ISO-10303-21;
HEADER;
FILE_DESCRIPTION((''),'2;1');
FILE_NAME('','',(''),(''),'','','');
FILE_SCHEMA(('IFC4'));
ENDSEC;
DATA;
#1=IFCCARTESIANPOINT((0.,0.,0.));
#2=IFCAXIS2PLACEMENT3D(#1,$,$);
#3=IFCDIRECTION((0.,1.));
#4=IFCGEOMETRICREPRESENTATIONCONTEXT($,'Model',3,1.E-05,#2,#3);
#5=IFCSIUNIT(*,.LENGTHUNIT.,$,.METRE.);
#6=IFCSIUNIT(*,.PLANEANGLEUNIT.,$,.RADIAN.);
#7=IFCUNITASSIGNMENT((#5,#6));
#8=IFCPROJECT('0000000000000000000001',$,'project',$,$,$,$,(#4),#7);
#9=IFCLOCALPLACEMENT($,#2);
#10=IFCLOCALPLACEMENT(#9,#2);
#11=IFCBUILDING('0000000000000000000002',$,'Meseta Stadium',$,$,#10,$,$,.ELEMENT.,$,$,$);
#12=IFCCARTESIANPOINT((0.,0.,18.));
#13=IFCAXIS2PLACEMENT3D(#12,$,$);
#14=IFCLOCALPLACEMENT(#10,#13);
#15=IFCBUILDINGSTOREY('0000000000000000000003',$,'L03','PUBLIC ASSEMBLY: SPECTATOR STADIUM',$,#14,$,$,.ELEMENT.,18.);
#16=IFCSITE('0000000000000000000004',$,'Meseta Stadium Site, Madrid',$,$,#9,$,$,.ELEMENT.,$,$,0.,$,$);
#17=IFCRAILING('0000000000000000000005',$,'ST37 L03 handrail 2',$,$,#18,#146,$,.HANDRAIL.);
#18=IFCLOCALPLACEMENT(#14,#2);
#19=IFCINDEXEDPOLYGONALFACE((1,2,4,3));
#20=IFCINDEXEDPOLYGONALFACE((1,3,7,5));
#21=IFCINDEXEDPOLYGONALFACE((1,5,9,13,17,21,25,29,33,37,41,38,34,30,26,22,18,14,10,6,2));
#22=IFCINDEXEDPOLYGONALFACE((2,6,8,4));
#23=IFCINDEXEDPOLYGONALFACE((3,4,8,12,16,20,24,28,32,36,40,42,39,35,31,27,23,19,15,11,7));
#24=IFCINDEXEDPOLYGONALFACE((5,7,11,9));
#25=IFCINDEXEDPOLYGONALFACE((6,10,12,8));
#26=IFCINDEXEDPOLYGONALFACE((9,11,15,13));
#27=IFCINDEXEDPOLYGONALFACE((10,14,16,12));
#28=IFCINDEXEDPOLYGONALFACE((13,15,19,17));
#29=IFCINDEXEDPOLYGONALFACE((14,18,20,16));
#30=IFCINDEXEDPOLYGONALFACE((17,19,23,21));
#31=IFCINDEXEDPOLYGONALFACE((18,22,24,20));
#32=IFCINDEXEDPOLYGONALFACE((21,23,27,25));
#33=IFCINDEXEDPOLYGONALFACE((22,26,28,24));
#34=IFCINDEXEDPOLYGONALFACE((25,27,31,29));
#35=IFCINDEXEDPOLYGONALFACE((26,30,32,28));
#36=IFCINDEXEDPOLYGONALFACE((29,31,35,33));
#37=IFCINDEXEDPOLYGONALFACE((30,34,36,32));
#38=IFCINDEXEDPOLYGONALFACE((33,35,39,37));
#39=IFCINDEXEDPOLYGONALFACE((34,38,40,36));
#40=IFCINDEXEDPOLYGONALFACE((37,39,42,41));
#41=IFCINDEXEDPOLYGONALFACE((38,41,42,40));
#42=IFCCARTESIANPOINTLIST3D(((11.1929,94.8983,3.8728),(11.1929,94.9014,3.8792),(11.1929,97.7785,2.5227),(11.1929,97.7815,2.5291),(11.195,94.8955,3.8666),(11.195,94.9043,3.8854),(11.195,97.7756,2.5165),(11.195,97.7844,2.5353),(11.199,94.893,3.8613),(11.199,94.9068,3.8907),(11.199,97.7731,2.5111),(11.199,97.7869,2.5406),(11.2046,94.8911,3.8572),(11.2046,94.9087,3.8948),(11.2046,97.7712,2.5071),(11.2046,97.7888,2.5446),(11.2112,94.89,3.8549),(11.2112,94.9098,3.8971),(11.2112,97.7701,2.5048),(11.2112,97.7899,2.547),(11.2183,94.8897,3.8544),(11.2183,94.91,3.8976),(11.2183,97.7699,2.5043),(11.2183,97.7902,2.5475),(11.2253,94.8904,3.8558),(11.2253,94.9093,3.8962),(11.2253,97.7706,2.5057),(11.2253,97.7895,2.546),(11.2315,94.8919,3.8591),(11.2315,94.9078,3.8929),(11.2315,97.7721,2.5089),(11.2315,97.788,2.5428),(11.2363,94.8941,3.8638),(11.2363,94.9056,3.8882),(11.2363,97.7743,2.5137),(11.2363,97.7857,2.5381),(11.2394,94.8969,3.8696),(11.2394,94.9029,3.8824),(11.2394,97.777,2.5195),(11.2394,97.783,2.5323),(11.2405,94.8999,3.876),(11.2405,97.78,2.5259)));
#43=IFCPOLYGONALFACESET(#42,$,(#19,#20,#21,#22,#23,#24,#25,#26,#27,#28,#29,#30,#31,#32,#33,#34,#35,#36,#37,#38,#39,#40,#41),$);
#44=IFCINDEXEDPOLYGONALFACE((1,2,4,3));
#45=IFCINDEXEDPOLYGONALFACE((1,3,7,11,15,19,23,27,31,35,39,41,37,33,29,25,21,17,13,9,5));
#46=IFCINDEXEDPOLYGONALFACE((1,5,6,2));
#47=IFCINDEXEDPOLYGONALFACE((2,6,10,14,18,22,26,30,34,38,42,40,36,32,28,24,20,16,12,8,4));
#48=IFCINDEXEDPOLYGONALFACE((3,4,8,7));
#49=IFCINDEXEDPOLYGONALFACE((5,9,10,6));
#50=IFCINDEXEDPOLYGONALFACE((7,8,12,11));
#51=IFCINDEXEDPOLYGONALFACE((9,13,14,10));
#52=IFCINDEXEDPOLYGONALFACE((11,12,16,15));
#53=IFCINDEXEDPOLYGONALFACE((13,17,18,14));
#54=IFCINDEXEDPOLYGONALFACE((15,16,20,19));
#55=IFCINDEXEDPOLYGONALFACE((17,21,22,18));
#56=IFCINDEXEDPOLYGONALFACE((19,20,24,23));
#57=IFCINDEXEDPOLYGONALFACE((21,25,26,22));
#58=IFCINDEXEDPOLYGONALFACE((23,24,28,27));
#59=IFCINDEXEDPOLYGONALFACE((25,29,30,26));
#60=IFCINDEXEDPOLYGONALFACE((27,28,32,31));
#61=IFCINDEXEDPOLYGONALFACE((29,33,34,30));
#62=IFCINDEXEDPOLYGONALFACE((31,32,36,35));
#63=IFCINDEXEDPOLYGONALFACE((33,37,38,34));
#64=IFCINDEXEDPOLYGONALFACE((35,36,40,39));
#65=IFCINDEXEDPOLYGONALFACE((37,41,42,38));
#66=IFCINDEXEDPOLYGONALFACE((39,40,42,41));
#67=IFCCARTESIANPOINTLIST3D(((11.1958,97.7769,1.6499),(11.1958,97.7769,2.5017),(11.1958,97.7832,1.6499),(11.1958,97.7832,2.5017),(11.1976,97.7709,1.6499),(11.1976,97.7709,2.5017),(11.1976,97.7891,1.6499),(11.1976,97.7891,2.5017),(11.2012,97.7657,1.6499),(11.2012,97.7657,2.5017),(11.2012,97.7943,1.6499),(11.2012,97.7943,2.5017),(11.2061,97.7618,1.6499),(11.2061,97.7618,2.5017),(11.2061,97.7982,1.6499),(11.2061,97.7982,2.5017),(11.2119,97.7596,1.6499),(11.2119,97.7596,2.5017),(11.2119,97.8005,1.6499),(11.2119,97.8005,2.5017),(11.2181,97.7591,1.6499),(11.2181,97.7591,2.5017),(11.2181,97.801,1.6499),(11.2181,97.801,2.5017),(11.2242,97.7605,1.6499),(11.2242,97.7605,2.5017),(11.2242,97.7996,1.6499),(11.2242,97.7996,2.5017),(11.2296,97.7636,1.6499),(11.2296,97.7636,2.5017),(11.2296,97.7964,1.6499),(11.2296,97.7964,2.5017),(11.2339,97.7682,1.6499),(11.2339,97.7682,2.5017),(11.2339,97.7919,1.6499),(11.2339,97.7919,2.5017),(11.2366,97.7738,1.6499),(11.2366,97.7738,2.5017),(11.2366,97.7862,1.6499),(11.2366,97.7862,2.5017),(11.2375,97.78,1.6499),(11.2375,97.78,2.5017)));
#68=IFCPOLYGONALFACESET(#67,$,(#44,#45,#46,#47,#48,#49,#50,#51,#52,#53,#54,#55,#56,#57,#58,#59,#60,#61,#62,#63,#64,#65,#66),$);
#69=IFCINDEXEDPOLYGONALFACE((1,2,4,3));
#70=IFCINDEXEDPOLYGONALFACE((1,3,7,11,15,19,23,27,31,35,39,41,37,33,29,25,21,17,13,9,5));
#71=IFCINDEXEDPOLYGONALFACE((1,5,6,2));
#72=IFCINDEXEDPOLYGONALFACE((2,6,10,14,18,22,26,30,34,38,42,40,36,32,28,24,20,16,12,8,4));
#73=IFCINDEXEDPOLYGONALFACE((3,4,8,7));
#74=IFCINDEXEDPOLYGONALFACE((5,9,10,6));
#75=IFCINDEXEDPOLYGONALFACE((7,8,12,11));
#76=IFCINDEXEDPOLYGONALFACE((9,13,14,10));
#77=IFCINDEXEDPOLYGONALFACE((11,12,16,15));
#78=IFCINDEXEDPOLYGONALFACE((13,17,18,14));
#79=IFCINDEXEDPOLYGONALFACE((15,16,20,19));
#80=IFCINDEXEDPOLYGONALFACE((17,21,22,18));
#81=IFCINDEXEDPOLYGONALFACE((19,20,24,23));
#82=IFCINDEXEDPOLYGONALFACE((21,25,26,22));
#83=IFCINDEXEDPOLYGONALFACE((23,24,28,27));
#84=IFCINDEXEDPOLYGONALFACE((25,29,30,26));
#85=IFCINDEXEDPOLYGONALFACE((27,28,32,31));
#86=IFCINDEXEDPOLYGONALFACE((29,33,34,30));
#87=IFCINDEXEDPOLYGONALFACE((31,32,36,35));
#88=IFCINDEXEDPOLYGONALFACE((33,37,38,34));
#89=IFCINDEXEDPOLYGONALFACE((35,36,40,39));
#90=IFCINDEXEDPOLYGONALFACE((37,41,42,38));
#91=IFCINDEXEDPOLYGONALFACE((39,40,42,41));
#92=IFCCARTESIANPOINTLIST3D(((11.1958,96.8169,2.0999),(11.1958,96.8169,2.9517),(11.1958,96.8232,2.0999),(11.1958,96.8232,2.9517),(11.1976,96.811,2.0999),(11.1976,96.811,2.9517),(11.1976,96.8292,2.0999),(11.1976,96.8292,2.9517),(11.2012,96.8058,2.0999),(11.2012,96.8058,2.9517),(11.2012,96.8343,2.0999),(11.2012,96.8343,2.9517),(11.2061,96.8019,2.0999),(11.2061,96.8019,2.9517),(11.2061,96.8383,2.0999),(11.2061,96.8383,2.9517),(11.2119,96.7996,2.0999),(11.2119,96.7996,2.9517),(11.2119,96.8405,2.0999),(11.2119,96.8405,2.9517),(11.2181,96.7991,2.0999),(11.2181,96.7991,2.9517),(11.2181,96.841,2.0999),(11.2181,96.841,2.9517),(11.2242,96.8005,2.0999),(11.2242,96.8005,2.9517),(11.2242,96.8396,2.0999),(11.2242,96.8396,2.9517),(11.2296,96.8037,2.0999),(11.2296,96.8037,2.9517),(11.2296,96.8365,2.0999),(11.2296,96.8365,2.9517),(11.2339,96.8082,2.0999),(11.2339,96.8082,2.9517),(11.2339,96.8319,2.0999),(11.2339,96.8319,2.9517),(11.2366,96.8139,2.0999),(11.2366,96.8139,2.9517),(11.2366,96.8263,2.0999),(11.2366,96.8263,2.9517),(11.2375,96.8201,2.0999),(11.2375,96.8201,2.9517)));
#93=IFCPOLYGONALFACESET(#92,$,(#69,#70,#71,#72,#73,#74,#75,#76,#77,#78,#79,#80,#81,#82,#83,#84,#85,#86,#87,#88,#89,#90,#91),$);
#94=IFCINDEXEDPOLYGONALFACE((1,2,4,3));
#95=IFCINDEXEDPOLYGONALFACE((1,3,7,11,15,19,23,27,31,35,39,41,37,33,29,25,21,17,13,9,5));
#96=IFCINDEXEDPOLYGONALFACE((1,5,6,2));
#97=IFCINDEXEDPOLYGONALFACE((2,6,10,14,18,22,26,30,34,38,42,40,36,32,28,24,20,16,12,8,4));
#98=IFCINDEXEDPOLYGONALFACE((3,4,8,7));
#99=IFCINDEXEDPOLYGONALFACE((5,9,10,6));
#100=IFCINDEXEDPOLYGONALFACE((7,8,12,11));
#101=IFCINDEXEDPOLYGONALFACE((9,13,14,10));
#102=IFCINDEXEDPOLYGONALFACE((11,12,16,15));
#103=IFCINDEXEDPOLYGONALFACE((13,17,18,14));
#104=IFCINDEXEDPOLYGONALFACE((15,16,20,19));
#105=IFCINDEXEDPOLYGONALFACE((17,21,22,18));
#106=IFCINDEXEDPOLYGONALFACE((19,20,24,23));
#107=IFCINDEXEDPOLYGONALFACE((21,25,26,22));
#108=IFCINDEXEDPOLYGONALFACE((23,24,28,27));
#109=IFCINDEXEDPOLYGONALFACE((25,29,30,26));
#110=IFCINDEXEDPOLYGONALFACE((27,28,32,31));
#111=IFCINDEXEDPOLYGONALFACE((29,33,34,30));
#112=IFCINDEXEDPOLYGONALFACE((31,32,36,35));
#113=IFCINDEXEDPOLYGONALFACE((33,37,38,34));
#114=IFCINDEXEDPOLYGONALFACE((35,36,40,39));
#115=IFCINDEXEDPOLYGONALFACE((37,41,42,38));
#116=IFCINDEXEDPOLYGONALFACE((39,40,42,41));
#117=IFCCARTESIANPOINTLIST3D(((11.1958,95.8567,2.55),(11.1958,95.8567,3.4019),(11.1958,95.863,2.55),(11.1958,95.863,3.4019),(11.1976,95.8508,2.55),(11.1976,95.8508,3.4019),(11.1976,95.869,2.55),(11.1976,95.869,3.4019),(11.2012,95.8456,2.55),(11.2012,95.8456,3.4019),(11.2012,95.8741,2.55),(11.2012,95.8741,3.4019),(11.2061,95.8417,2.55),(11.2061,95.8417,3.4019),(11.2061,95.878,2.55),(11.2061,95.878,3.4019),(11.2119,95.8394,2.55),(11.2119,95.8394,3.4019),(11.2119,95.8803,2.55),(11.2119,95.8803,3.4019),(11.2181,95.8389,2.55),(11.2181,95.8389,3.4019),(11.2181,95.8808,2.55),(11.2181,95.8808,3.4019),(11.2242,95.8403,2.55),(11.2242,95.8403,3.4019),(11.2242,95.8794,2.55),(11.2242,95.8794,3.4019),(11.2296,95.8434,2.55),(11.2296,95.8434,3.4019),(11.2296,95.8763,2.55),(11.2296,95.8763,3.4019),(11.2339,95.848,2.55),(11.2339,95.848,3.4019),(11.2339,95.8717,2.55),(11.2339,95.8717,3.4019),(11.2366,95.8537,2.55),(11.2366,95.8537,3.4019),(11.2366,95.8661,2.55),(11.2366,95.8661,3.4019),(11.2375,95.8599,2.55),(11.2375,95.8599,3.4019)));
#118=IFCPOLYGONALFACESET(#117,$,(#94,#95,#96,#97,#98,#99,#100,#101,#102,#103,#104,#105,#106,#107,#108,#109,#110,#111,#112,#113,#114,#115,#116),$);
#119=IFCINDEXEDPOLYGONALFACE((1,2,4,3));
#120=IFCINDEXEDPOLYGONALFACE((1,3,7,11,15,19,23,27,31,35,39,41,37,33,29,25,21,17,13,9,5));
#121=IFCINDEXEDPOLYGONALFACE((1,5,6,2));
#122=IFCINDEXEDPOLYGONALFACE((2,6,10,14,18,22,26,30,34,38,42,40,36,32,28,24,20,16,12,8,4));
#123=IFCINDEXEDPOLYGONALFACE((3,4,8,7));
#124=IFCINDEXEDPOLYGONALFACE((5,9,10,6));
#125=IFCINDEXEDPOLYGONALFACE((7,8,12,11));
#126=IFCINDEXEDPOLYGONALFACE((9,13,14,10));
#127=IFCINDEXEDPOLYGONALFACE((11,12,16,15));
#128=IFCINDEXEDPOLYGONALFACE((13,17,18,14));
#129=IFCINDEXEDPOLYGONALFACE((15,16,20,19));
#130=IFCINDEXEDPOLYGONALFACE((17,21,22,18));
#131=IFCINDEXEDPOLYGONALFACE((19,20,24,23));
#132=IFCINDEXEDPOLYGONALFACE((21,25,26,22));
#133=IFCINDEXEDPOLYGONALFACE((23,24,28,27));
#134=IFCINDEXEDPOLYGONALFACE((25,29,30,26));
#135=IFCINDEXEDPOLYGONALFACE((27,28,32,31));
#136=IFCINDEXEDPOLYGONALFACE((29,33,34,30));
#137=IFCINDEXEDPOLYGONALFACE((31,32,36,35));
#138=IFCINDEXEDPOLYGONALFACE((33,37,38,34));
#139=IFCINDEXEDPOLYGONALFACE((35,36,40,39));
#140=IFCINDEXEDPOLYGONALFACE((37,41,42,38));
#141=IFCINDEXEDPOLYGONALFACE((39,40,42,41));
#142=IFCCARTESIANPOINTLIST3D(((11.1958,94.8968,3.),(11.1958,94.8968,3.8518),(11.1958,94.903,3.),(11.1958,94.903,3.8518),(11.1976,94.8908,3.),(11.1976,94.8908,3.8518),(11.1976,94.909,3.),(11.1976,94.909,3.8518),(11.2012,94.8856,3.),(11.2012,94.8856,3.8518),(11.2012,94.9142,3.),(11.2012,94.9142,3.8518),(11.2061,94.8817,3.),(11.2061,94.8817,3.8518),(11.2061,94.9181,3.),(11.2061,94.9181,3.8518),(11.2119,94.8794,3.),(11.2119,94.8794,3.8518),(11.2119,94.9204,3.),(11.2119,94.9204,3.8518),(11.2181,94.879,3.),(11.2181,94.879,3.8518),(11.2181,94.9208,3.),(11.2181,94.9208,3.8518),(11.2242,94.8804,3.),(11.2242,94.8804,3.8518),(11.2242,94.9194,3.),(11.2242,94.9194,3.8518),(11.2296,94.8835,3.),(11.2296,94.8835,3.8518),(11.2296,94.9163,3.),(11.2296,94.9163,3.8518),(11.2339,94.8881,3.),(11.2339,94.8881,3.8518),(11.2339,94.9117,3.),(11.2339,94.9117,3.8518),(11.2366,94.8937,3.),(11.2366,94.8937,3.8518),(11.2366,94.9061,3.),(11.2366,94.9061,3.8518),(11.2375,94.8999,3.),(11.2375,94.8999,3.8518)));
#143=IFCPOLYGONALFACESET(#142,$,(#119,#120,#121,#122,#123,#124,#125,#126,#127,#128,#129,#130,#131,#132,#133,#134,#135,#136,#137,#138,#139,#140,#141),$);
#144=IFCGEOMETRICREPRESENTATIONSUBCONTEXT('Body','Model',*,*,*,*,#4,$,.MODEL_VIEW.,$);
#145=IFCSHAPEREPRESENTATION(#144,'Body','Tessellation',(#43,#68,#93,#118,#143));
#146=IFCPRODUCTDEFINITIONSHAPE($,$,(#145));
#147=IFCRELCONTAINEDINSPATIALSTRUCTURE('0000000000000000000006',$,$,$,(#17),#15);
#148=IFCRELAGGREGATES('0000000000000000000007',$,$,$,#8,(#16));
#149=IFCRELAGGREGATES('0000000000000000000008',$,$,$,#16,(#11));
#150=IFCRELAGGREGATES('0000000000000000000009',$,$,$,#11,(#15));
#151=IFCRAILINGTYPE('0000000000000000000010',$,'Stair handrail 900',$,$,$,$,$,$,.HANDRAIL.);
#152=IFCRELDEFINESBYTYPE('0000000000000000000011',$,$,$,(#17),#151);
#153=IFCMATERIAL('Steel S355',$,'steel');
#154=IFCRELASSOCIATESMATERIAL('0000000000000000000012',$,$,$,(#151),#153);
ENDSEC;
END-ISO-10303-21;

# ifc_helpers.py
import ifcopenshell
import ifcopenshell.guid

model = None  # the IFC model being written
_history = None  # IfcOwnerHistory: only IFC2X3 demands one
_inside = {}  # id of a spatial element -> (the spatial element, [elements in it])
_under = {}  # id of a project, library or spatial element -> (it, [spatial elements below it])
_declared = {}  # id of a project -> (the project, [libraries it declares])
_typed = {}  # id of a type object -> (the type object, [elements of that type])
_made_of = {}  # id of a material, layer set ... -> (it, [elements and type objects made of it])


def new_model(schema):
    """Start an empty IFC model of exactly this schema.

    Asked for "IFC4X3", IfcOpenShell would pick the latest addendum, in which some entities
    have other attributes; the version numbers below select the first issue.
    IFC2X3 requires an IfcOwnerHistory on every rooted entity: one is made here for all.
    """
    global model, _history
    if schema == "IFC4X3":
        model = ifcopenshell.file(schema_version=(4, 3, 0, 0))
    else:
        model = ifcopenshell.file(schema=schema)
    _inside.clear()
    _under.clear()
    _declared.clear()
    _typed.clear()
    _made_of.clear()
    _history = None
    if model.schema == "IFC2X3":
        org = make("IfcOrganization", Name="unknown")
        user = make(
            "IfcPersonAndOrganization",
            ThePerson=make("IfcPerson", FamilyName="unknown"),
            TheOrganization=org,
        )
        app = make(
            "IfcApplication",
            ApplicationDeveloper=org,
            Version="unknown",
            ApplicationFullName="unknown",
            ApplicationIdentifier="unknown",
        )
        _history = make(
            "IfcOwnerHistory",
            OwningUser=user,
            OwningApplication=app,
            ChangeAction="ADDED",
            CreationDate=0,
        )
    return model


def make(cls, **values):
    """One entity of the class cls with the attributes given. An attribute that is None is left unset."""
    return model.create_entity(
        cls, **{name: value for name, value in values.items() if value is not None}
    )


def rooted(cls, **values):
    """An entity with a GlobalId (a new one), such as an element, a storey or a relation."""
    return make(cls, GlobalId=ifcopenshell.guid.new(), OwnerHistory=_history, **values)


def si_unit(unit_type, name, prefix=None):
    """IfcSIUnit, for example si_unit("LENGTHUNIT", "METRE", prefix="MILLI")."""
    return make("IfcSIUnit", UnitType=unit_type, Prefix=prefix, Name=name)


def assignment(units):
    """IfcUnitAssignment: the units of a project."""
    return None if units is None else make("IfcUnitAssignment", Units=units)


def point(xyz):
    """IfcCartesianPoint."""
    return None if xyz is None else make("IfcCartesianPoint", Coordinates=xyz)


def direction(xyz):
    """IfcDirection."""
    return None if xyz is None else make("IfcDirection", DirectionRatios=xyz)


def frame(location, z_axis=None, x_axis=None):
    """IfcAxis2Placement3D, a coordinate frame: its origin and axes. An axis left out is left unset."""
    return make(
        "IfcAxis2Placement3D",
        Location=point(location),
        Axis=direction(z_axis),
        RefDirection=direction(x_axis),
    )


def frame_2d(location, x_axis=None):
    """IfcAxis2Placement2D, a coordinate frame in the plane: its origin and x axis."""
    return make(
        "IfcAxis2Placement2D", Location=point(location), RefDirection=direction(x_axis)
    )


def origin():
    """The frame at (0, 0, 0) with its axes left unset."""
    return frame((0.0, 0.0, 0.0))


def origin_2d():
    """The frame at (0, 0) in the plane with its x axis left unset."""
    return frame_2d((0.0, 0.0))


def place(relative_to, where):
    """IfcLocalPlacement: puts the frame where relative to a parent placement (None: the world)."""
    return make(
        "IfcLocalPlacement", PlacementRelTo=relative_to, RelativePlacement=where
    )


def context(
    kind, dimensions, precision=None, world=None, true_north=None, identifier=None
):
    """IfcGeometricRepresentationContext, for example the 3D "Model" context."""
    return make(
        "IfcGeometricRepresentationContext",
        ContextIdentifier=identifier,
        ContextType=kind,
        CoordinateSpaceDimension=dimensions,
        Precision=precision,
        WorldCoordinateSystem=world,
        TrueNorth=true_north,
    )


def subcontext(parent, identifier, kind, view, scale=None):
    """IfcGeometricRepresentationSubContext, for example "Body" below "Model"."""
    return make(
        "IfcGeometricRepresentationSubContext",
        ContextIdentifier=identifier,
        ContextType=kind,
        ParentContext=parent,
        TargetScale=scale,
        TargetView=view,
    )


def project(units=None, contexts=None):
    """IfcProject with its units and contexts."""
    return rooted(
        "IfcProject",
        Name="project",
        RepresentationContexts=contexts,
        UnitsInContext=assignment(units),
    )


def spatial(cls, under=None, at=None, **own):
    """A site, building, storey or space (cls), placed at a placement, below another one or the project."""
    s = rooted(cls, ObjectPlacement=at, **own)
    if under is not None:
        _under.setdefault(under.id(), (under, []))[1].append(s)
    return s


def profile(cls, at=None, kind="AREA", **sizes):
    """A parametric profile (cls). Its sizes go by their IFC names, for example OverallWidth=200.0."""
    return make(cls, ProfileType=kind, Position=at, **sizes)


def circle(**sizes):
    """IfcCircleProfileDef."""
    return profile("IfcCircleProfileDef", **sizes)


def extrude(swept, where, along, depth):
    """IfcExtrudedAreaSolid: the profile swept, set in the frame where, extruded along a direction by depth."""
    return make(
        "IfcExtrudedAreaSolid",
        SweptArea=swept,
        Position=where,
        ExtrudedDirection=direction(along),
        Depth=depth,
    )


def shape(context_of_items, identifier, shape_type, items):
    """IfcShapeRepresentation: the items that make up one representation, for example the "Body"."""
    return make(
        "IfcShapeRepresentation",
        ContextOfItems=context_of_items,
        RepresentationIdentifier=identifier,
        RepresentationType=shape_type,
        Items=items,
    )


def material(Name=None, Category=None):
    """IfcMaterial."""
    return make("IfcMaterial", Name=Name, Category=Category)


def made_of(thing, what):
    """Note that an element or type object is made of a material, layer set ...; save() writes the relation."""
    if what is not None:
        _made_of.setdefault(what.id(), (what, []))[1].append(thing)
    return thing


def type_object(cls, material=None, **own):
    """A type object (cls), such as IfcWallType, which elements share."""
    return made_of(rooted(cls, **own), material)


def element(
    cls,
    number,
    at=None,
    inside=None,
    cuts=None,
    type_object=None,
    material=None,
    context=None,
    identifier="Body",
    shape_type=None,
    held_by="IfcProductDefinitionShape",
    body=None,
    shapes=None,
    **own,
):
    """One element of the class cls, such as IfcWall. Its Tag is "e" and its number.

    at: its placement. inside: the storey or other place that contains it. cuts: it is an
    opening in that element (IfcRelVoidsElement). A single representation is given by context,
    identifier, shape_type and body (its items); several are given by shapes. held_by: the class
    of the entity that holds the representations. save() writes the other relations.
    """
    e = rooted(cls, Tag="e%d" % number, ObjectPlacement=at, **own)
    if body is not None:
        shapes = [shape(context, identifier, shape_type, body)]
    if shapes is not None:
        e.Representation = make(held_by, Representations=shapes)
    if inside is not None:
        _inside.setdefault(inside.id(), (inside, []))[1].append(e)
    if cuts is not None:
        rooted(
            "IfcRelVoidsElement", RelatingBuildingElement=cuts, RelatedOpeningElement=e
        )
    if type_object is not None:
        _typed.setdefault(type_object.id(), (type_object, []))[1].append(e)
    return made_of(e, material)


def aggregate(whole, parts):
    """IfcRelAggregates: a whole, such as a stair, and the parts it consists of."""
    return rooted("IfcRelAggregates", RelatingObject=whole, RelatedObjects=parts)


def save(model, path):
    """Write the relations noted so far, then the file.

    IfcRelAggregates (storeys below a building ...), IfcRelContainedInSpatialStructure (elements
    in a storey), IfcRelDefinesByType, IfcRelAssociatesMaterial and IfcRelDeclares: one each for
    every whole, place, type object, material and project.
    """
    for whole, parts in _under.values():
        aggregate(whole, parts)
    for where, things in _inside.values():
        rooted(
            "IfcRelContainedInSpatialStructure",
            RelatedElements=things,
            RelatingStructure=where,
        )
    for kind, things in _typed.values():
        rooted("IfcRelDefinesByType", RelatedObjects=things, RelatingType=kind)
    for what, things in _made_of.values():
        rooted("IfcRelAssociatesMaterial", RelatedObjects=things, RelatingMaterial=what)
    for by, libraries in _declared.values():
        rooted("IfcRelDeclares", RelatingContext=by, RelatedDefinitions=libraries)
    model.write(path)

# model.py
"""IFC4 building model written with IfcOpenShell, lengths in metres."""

from ifc_helpers import new_model, si_unit, direction, frame, origin, origin_2d, place, context, subcontext, project, spatial, circle, extrude, material, type_object, element, save


model = new_model("IFC4")

# Units and contexts
model_context = context("Model", 3, precision=1e-05, world=origin(), true_north=direction((0.0, 1.0)))
body_context = subcontext(model_context, "Body", "Model", "MODEL_VIEW")
ifc_project = project(units=[si_unit("LENGTHUNIT", "METRE"), si_unit("PLANEANGLEUNIT", "RADIAN")], contexts=[model_context])

# Site, building, storey
site_placement = place(None, origin())
site = spatial("IfcSite", under=ifc_project, at=site_placement, Name="Meseta Stadium Site, Madrid", CompositionType="ELEMENT", RefElevation=0.0)
building_placement = place(site_placement, origin())
building = spatial("IfcBuilding", under=site, at=building_placement, Name="Meseta Stadium", CompositionType="ELEMENT")
storey_placement = place(building_placement, frame((0.0, 0.0, 18.0)))
storey = spatial("IfcBuildingStorey", under=building, at=storey_placement, Name="L03", Description="PUBLIC ASSEMBLY: SPECTATOR STADIUM", CompositionType="ELEMENT", Elevation=18.0)

# Railing
ifc_material_1 = material(Name="Steel S355", Category="steel")
railing_type_1 = type_object("IfcRailingType", Name="Stair handrail 900", PredefinedType="HANDRAIL", material=ifc_material_1)
railing_1_placement = place(storey_placement, frame((11.2166, 97.78, 1.6499)))
element("IfcRailing", 1, at=railing_1_placement, inside=storey, type_object=railing_type_1, Name="ST37 L03 handrail 2", PredefinedType="HANDRAIL", context=body_context, shape_type="SweptSolid", body=[
    extrude(circle(Radius=0.0239, at=origin_2d()), frame((0.0, 0.0, 0.876), z_axis=(0.0, -0.905454, 0.424444), x_axis=(1.0, 0.0, 0.0)), (0.0, 0.0, 1.0), 3.1809),
    extrude(circle(Radius=0.021, at=origin_2d()), origin(), (0.0, 0.0, 1.0), 0.8518),
    extrude(circle(Radius=0.021, at=origin_2d()), frame((0.0, -0.96, 0.45)), (0.0, 0.0, 1.0), 0.8518),
    extrude(circle(Radius=0.021, at=origin_2d()), frame((0.0, -1.9202, 0.9001)), (0.0, 0.0, 1.0), 0.8518),
    extrude(circle(Radius=0.021, at=origin_2d()), frame((0.0, -2.8801, 1.3501)), (0.0, 0.0, 1.0), 0.8518),
])

save(model, "model.ifc")
